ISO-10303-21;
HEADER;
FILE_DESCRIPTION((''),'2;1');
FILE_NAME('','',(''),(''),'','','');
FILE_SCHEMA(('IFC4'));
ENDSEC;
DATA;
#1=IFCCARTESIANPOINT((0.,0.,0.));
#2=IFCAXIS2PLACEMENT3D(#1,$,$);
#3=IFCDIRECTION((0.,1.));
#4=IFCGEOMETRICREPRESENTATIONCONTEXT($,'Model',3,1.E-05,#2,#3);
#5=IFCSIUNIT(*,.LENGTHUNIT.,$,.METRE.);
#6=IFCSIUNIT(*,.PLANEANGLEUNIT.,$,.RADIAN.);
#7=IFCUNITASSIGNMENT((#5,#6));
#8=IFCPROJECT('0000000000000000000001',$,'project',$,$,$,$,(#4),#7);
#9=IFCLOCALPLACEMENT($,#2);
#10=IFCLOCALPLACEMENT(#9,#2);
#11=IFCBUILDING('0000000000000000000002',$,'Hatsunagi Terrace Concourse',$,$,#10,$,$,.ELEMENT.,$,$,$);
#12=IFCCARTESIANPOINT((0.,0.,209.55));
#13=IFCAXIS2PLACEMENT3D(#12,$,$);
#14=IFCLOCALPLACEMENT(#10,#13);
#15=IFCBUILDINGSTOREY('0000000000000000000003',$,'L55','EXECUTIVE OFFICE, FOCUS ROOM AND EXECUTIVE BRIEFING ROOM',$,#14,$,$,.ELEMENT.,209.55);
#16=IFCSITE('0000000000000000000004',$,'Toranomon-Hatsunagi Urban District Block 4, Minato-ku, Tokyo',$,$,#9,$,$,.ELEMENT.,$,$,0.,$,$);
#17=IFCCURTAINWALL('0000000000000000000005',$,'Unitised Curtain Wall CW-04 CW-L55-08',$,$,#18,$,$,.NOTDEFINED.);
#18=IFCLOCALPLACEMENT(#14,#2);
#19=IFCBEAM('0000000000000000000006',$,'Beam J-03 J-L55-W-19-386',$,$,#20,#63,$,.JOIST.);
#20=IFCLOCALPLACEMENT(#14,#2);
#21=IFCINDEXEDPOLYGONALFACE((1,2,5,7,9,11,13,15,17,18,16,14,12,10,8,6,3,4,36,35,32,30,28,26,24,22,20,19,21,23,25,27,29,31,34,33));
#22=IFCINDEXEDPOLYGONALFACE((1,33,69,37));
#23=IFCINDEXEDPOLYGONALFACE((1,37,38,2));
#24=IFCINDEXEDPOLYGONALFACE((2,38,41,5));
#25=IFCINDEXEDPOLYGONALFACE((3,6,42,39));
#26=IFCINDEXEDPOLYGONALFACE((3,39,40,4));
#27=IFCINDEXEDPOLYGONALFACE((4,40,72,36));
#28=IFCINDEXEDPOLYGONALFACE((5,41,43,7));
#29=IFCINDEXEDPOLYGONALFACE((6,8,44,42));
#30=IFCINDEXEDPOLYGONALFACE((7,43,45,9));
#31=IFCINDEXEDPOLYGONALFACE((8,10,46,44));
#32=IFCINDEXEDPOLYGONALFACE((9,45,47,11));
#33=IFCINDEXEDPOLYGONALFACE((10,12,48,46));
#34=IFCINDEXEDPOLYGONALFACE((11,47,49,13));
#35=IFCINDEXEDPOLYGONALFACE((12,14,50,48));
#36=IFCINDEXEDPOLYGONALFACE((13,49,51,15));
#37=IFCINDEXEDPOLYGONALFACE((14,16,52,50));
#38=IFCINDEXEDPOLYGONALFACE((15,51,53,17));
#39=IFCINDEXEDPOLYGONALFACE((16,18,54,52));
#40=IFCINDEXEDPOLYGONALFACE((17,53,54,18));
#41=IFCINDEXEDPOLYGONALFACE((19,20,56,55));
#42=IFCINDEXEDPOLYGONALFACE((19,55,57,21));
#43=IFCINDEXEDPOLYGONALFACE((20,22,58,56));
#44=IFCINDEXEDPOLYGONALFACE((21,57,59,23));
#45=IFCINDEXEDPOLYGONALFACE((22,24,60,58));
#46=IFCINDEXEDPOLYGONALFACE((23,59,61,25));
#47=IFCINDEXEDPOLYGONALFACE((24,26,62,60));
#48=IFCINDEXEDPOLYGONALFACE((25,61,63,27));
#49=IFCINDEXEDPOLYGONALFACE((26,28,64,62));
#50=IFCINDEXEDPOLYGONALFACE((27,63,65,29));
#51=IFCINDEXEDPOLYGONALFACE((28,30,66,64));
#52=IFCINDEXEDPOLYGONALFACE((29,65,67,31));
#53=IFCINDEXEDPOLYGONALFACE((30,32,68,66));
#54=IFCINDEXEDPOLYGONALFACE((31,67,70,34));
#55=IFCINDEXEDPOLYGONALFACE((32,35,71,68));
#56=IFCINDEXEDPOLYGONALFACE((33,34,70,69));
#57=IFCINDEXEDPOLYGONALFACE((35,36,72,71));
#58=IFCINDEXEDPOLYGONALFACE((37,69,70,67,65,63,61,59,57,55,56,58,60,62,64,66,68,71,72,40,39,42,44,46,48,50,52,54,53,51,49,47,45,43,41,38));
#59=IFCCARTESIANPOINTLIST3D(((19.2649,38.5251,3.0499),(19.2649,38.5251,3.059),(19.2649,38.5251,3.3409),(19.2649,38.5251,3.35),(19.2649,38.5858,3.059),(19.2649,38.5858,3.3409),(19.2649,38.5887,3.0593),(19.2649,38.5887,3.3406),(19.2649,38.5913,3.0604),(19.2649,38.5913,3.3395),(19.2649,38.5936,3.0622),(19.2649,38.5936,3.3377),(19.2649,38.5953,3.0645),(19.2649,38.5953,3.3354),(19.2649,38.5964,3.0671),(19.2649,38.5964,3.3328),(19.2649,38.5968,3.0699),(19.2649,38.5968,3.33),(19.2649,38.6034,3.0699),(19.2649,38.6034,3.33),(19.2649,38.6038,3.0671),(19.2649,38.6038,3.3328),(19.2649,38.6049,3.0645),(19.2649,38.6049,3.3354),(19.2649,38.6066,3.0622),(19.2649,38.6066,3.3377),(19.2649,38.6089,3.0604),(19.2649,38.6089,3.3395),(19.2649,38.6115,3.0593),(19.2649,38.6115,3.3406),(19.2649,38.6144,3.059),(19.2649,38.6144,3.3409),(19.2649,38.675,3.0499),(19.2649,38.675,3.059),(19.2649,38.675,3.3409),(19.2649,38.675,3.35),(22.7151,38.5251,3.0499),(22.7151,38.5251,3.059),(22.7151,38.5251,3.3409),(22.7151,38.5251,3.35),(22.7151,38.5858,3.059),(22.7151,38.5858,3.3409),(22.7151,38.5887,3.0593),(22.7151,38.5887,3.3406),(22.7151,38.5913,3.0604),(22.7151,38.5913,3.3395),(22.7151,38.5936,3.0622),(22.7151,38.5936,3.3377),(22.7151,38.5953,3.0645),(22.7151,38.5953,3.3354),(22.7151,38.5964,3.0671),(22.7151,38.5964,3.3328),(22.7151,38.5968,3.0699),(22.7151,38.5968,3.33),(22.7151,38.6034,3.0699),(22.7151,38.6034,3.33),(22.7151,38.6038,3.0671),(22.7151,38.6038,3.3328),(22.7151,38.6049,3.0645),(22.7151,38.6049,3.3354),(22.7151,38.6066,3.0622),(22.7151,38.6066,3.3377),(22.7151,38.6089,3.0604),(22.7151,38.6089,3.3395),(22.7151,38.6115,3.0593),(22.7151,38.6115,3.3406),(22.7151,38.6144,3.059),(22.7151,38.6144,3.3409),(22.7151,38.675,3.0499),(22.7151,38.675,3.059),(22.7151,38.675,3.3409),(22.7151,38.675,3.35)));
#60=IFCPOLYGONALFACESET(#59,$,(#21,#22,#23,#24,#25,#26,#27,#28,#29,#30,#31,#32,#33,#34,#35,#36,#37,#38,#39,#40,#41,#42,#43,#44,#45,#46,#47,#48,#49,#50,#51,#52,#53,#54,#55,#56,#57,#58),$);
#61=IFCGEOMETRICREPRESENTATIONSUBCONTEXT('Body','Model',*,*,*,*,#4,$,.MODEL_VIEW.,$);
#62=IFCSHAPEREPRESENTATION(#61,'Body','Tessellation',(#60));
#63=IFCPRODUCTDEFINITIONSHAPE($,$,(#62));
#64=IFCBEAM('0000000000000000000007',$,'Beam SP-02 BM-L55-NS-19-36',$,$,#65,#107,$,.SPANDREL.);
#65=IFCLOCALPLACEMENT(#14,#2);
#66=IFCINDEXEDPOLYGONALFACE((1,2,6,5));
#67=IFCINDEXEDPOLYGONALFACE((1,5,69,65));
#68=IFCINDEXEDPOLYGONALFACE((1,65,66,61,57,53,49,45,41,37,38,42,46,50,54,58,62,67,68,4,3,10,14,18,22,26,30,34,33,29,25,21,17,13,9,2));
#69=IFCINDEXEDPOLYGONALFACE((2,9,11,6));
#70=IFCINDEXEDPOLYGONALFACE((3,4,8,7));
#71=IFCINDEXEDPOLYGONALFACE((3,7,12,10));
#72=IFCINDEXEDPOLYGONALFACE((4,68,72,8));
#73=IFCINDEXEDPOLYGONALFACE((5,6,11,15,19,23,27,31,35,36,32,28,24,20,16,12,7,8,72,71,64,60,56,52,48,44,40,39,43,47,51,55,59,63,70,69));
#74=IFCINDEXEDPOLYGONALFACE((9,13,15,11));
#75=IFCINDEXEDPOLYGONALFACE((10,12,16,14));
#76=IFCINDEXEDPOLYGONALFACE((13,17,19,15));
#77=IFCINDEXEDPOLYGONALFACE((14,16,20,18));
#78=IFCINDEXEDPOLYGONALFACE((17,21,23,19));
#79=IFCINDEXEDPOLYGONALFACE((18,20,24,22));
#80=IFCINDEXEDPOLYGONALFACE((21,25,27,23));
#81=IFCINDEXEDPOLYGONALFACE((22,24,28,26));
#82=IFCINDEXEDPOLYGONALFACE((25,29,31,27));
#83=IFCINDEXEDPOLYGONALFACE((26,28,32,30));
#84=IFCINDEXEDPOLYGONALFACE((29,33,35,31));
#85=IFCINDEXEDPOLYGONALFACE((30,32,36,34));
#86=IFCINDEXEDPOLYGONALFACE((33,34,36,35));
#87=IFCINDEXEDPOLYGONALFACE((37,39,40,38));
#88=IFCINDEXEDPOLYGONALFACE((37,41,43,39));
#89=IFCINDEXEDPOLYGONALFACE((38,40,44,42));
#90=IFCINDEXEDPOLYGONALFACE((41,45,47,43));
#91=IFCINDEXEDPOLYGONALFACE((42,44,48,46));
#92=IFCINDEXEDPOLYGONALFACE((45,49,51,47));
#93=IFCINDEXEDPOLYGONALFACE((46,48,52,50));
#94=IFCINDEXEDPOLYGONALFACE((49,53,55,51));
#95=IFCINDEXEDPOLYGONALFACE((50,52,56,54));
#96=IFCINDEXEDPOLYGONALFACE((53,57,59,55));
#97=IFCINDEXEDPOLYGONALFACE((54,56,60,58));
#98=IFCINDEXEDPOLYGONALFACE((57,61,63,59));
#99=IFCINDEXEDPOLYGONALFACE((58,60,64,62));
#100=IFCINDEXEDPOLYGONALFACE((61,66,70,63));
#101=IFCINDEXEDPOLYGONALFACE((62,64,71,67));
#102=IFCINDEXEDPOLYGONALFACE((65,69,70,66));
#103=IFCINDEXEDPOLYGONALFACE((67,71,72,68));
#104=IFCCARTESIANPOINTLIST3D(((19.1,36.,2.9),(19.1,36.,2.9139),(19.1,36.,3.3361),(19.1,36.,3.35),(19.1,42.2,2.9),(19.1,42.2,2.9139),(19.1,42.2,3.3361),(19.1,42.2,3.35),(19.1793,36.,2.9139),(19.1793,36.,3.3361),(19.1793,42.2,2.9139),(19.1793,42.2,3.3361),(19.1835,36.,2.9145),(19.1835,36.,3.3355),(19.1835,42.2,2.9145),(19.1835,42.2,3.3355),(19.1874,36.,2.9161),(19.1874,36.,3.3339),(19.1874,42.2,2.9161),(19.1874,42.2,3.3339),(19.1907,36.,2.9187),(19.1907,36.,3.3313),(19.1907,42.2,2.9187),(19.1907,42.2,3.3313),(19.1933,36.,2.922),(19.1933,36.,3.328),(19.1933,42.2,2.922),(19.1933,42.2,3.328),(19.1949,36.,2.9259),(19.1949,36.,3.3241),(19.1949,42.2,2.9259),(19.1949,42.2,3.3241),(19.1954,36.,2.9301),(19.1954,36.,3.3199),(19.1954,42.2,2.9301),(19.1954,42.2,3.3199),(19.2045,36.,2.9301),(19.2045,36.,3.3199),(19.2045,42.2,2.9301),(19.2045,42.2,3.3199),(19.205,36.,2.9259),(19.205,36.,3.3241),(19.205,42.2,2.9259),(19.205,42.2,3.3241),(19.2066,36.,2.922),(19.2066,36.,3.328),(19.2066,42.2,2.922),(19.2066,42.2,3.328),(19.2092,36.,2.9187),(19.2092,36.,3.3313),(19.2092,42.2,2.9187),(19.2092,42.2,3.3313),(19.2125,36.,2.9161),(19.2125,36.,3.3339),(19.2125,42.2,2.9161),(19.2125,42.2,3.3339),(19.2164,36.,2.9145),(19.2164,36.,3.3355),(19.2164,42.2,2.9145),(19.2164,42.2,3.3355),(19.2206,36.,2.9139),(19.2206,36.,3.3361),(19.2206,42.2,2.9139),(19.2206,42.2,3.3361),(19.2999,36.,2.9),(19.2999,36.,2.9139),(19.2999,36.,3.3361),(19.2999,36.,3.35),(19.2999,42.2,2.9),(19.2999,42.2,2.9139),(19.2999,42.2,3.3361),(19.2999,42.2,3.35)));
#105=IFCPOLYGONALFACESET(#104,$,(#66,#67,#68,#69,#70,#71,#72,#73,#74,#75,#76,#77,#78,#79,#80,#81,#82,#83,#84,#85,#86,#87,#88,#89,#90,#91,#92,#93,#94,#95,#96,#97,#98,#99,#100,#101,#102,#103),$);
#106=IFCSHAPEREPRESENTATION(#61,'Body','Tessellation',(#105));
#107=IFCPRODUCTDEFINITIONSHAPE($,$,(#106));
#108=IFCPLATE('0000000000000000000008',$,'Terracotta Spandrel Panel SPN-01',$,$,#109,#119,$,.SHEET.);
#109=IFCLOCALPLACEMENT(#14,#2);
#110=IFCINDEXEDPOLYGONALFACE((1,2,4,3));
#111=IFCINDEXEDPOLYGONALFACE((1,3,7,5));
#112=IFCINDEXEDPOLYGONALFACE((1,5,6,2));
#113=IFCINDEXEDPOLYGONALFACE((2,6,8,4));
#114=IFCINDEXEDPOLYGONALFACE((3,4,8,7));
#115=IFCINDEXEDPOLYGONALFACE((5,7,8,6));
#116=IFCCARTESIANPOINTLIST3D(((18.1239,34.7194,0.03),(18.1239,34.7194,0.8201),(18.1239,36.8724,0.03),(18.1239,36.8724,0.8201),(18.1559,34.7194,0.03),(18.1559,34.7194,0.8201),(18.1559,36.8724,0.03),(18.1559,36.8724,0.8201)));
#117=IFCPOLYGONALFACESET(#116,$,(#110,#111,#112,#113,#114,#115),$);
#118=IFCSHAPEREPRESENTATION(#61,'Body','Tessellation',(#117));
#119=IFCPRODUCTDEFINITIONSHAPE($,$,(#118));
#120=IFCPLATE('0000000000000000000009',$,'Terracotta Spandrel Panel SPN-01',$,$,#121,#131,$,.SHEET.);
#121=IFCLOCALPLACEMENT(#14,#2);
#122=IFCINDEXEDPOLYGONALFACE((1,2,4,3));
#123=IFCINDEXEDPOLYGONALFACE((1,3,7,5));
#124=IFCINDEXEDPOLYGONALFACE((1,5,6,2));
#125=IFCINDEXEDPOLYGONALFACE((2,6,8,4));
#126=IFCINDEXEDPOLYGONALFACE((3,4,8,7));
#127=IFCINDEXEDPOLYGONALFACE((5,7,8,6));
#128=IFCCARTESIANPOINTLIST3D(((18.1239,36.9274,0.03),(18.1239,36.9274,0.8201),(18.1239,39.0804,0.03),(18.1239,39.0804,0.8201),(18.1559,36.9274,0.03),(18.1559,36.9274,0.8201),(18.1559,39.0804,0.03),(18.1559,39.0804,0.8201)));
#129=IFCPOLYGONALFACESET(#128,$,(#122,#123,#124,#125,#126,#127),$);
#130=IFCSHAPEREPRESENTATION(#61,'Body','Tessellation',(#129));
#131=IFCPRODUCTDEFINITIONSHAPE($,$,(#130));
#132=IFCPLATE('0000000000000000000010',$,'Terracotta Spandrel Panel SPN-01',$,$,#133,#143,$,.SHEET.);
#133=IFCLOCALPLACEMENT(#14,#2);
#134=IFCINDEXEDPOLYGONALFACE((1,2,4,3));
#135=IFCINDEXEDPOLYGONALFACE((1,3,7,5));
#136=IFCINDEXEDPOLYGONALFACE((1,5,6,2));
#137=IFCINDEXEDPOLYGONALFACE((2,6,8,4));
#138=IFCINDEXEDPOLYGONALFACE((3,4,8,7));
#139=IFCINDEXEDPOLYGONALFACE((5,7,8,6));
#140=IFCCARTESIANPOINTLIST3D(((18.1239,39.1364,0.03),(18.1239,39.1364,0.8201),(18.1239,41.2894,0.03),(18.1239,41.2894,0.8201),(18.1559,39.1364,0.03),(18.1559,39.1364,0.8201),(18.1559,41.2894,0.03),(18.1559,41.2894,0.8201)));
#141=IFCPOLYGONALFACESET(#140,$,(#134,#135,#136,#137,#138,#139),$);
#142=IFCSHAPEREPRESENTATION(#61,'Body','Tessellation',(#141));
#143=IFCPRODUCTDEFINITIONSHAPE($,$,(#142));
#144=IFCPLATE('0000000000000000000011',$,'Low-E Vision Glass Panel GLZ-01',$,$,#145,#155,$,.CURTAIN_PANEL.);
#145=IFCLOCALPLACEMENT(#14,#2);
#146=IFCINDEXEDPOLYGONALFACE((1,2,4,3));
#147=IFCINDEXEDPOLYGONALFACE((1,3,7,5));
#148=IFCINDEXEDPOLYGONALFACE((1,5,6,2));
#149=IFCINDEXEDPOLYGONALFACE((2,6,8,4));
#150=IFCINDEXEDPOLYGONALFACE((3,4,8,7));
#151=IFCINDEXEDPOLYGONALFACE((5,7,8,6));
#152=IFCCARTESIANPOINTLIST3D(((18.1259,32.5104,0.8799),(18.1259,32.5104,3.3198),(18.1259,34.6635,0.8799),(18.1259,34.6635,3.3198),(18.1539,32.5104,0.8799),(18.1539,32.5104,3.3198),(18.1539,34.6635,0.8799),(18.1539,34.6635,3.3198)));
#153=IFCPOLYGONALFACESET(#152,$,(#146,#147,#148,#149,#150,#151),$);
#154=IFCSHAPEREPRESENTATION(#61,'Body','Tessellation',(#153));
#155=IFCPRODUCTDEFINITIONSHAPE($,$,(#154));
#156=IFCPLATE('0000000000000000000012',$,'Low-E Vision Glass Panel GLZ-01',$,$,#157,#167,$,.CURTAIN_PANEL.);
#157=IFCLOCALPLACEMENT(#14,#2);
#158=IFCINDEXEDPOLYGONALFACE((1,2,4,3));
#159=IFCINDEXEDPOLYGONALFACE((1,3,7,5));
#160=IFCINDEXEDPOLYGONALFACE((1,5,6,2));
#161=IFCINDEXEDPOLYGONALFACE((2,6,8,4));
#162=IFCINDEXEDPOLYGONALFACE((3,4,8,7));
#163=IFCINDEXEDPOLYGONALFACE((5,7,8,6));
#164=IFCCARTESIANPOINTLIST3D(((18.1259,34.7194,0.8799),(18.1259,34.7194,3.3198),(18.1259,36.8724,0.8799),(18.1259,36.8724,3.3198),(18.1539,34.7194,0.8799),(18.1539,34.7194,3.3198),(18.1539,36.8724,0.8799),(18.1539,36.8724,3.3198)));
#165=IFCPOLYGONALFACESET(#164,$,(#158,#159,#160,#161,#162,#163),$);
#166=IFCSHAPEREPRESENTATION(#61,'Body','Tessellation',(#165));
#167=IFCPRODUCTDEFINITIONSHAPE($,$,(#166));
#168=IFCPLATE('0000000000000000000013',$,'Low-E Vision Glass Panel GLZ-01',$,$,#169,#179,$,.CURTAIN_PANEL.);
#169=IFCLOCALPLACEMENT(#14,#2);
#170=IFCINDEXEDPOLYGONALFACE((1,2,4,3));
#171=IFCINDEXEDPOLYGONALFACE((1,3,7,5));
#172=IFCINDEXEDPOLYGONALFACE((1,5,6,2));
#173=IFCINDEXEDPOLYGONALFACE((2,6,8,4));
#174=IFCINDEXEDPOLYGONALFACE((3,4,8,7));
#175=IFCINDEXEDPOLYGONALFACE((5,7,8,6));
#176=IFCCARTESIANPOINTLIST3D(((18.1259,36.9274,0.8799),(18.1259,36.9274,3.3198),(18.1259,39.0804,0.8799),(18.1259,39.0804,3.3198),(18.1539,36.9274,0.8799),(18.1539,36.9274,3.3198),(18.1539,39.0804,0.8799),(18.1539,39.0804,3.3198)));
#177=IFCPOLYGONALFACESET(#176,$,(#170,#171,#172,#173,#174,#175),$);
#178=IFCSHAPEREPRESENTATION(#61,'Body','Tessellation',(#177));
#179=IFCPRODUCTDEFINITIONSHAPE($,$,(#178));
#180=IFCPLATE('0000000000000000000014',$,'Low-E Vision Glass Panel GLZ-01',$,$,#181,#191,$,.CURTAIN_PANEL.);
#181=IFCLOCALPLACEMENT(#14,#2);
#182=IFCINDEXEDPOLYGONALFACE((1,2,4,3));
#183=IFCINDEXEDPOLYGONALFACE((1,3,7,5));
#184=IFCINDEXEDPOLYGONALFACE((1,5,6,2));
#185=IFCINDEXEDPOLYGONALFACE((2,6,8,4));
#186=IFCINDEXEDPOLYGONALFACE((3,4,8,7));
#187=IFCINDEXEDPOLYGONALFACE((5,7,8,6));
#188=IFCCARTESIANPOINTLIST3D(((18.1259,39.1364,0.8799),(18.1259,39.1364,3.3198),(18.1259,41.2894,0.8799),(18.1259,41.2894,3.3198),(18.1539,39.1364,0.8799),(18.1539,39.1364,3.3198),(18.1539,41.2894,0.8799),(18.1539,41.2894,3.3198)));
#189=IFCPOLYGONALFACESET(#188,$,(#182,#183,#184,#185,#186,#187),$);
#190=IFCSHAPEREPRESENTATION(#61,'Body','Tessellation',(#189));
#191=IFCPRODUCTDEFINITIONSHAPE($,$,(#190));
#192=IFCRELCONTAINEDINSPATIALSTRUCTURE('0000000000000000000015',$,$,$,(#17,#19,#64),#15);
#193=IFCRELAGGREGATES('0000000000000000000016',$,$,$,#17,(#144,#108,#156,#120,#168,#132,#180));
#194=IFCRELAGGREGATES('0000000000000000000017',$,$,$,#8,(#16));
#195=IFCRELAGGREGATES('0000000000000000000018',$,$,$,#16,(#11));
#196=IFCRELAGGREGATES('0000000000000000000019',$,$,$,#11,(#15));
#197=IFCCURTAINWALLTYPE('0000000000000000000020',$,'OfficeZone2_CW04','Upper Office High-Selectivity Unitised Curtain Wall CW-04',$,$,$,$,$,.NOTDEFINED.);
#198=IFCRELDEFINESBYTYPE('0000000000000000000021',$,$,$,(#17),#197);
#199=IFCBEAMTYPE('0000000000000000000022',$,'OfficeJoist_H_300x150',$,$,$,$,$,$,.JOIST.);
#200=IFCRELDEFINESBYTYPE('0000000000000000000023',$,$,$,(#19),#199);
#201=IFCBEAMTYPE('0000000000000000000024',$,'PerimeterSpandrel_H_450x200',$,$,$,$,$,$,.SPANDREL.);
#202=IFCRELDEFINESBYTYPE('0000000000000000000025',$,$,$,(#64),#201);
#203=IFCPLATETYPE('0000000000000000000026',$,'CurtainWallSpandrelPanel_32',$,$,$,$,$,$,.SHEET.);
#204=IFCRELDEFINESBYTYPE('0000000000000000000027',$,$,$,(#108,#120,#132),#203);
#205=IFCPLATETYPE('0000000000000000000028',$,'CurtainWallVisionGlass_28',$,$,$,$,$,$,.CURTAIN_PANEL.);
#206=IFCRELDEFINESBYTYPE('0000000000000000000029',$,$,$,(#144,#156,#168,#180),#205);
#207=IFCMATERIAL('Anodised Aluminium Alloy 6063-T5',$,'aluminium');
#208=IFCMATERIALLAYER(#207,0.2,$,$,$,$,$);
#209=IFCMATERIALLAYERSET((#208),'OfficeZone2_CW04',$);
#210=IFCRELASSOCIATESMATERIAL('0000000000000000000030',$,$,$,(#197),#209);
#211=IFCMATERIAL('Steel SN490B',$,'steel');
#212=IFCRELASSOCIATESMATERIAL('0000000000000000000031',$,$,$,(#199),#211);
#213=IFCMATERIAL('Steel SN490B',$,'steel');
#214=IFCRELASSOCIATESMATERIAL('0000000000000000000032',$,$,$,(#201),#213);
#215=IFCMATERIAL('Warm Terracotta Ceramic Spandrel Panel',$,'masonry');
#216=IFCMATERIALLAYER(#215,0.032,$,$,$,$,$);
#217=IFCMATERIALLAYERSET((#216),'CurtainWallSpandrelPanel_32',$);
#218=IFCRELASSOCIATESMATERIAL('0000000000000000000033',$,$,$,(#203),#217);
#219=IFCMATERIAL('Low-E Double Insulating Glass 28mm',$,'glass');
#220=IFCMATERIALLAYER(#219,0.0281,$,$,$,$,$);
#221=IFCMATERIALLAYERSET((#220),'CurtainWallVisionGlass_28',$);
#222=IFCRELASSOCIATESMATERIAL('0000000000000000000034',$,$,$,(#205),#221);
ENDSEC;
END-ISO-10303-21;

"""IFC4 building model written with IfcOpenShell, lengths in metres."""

from ifc_helpers import new_model, si_unit, direction, frame, origin, origin_2d, place, context, subcontext, project, spatial, rectangle, i_section, extrude, material, layer, layer_set, material_profile, profile_set, type_object, element, aggregate, save


model = new_model("IFC4")

# Units and contexts
model_context = context("Model", 3, precision=1e-05, world=origin(), true_north=direction((0.0, 1.0)))
body_context = subcontext(model_context, "Body", "Model", "MODEL_VIEW")
ifc_project = project(units=[si_unit("LENGTHUNIT", "METRE"), si_unit("PLANEANGLEUNIT", "RADIAN")], contexts=[model_context])

# Site, building, storey
site_placement = place(None, origin())
site = spatial("IfcSite", under=ifc_project, at=site_placement, Name="Toranomon-Hatsunagi Urban District Block 4, Minato-ku, Tokyo", CompositionType="ELEMENT", RefElevation=0.0)
building_placement = place(site_placement, origin())
building = spatial("IfcBuilding", under=site, at=building_placement, Name="Hatsunagi Terrace Concourse", CompositionType="ELEMENT")
storey_placement = place(building_placement, frame((0.0, 0.0, 209.55)))
storey = spatial("IfcBuildingStorey", under=building, at=storey_placement, Name="L55", Description="EXECUTIVE OFFICE, FOCUS ROOM AND EXECUTIVE BRIEFING ROOM", CompositionType="ELEMENT", Elevation=209.55)

# Curtain wall
ifc_material_1 = material(Name="Anodised Aluminium Alloy 6063-T5", Category="aluminium")
ifc_layer_1 = layer(ifc_material_1, 0.2)
ifc_layer_set_1 = layer_set([ifc_layer_1], Name="OfficeZone2_CW04")
curtain_wall_type = type_object("IfcCurtainWallType", Name="OfficeZone2_CW04", Description="Upper Office High-Selectivity Unitised Curtain Wall CW-04", PredefinedType="NOTDEFINED", material=ifc_layer_set_1)
curtain_wall_placement = place(storey_placement, origin())
curtain_wall = element("IfcCurtainWall", 1, at=curtain_wall_placement, inside=storey, type_object=curtain_wall_type, Name="Unitised Curtain Wall CW-04 CW-L55-08", PredefinedType="NOTDEFINED")

# Beams
ifc_material_2 = material(Name="Steel SN490B", Category="steel")
ifc_material_profile_1 = material_profile(ifc_material_2, i_section(OverallWidth=0.1499, OverallDepth=0.3, WebThickness=0.0066, FlangeThickness=0.009, FilletRadius=0.011, at=origin_2d()), Name="H-300x150x6.5x9")
ifc_profile_set_1 = profile_set([ifc_material_profile_1], Name="Steel SN490B")
beam_type_1 = type_object("IfcBeamType", Name="OfficeJoist_H_300x150", PredefinedType="JOIST", material=ifc_profile_set_1)
for number, where, z_axis, x_axis, name in (
    (2, (19.2649, 38.6001, 3.2), (1.0, 0.0, 0.0), (0.0, 1.0, 0.0), "Beam J-03 J-L55-W-19-386"),
):
    element("IfcBeam", number, at=place(storey_placement, frame(where, z_axis=z_axis, x_axis=x_axis)), inside=storey, type_object=beam_type_1, Name=name, PredefinedType="JOIST", context=body_context, shape_type="SweptSolid", body=[
        extrude(i_section(OverallWidth=0.1499, OverallDepth=0.3, WebThickness=0.0066, FlangeThickness=0.009, FilletRadius=0.011, at=origin_2d()), origin(), (0.0, 0.0, 1.0), 3.4502),
    ])
ifc_material_3 = material(Name="Steel SN490B", Category="steel")
ifc_material_profile_2 = material_profile(ifc_material_3, i_section(OverallWidth=0.2, OverallDepth=0.45, WebThickness=0.009, FlangeThickness=0.0139, FilletRadius=0.0161, at=origin_2d()), Name="H-450x200x9x14")
ifc_profile_set_2 = profile_set([ifc_material_profile_2], Name="Steel SN490B")
beam_type_2 = type_object("IfcBeamType", Name="PerimeterSpandrel_H_450x200", PredefinedType="SPANDREL", material=ifc_profile_set_2)
beam_1_placement = place(storey_placement, frame((19.2, 36.0, 3.125), z_axis=(0.0, 1.0, 0.0), x_axis=(-1.0, 0.0, 0.0)))
element("IfcBeam", 3, at=beam_1_placement, inside=storey, type_object=beam_type_2, Name="Beam SP-02 BM-L55-NS-19-36", PredefinedType="SPANDREL", context=body_context, shape_type="SweptSolid", body=[
    extrude(i_section(OverallWidth=0.2, OverallDepth=0.45, WebThickness=0.009, FlangeThickness=0.0139, FilletRadius=0.0161, at=origin_2d()), origin(), (0.0, 0.0, 1.0), 6.2),
])

# Plates
ifc_material_4 = material(Name="Warm Terracotta Ceramic Spandrel Panel", Category="masonry")
ifc_layer_2 = layer(ifc_material_4, 0.032)
ifc_layer_set_2 = layer_set([ifc_layer_2], Name="CurtainWallSpandrelPanel_32")
plate_type_1 = type_object("IfcPlateType", Name="CurtainWallSpandrelPanel_32", PredefinedType="SHEET", material=ifc_layer_set_2)
plate_1_placement = place(storey_placement, frame((18.1399, 35.7959, 0.03), z_axis=(0.0, 0.0, 1.0), x_axis=(0.0, 1.0, 0.0)))
plate_1 = element("IfcPlate", 4, at=plate_1_placement, type_object=plate_type_1, Name="Terracotta Spandrel Panel SPN-01", PredefinedType="SHEET", context=body_context, shape_type="SweptSolid", body=[
    extrude(rectangle(XDim=2.1531, YDim=0.032, at=origin_2d()), origin(), (0.0, 0.0, 1.0), 0.79),
])
plate_2_placement = place(storey_placement, frame((18.1399, 38.0039, 0.03), z_axis=(0.0, 0.0, 1.0), x_axis=(0.0, 1.0, 0.0)))
plate_2 = element("IfcPlate", 5, at=plate_2_placement, type_object=plate_type_1, Name="Terracotta Spandrel Panel SPN-01", PredefinedType="SHEET", context=body_context, shape_type="SweptSolid", body=[
    extrude(rectangle(XDim=2.1531, YDim=0.032, at=origin_2d()), origin(), (0.0, 0.0, 1.0), 0.79),
])
plate_3_placement = place(storey_placement, frame((18.1399, 40.2129, 0.03), z_axis=(0.0, 0.0, 1.0), x_axis=(0.0, 1.0, 0.0)))
plate_3 = element("IfcPlate", 6, at=plate_3_placement, type_object=plate_type_1, Name="Terracotta Spandrel Panel SPN-01", PredefinedType="SHEET", context=body_context, shape_type="SweptSolid", body=[
    extrude(rectangle(XDim=2.1531, YDim=0.032, at=origin_2d()), origin(), (0.0, 0.0, 1.0), 0.79),
])
ifc_material_5 = material(Name="Low-E Double Insulating Glass 28mm", Category="glass")
ifc_layer_3 = layer(ifc_material_5, 0.0281)
ifc_layer_set_3 = layer_set([ifc_layer_3], Name="CurtainWallVisionGlass_28")
plate_type_2 = type_object("IfcPlateType", Name="CurtainWallVisionGlass_28", PredefinedType="CURTAIN_PANEL", material=ifc_layer_set_3)
plate_4_placement = place(storey_placement, frame((18.1399, 33.5869, 0.8799), z_axis=(0.0, 0.0, 1.0), x_axis=(0.0, 1.0, 0.0)))
plate_4 = element("IfcPlate", 7, at=plate_4_placement, type_object=plate_type_2, Name="Low-E Vision Glass Panel GLZ-01", PredefinedType="CURTAIN_PANEL", context=body_context, shape_type="SweptSolid", body=[
    extrude(rectangle(XDim=2.1531, YDim=0.0281, at=origin_2d()), origin(), (0.0, 0.0, 1.0), 2.4399),
])
plate_5_placement = place(storey_placement, frame((18.1399, 35.7959, 0.8799), z_axis=(0.0, 0.0, 1.0), x_axis=(0.0, 1.0, 0.0)))
plate_5 = element("IfcPlate", 8, at=plate_5_placement, type_object=plate_type_2, Name="Low-E Vision Glass Panel GLZ-01", PredefinedType="CURTAIN_PANEL", context=body_context, shape_type="SweptSolid", body=[
    extrude(rectangle(XDim=2.1531, YDim=0.0281, at=origin_2d()), origin(), (0.0, 0.0, 1.0), 2.4399),
])
plate_6_placement = place(storey_placement, frame((18.1399, 38.0039, 0.8799), z_axis=(0.0, 0.0, 1.0), x_axis=(0.0, 1.0, 0.0)))
plate_6 = element("IfcPlate", 9, at=plate_6_placement, type_object=plate_type_2, Name="Low-E Vision Glass Panel GLZ-01", PredefinedType="CURTAIN_PANEL", context=body_context, shape_type="SweptSolid", body=[
    extrude(rectangle(XDim=2.1531, YDim=0.0281, at=origin_2d()), origin(), (0.0, 0.0, 1.0), 2.4399),
])
plate_7_placement = place(storey_placement, frame((18.1399, 40.2129, 0.8799), z_axis=(0.0, 0.0, 1.0), x_axis=(0.0, 1.0, 0.0)))
plate_7 = element("IfcPlate", 10, at=plate_7_placement, type_object=plate_type_2, Name="Low-E Vision Glass Panel GLZ-01", PredefinedType="CURTAIN_PANEL", context=body_context, shape_type="SweptSolid", body=[
    extrude(rectangle(XDim=2.1531, YDim=0.0281, at=origin_2d()), origin(), (0.0, 0.0, 1.0), 2.4399),
])
aggregate(curtain_wall, [plate_4, plate_1, plate_5, plate_2, plate_6, plate_3, plate_7])

save(model, "model.ifc")
